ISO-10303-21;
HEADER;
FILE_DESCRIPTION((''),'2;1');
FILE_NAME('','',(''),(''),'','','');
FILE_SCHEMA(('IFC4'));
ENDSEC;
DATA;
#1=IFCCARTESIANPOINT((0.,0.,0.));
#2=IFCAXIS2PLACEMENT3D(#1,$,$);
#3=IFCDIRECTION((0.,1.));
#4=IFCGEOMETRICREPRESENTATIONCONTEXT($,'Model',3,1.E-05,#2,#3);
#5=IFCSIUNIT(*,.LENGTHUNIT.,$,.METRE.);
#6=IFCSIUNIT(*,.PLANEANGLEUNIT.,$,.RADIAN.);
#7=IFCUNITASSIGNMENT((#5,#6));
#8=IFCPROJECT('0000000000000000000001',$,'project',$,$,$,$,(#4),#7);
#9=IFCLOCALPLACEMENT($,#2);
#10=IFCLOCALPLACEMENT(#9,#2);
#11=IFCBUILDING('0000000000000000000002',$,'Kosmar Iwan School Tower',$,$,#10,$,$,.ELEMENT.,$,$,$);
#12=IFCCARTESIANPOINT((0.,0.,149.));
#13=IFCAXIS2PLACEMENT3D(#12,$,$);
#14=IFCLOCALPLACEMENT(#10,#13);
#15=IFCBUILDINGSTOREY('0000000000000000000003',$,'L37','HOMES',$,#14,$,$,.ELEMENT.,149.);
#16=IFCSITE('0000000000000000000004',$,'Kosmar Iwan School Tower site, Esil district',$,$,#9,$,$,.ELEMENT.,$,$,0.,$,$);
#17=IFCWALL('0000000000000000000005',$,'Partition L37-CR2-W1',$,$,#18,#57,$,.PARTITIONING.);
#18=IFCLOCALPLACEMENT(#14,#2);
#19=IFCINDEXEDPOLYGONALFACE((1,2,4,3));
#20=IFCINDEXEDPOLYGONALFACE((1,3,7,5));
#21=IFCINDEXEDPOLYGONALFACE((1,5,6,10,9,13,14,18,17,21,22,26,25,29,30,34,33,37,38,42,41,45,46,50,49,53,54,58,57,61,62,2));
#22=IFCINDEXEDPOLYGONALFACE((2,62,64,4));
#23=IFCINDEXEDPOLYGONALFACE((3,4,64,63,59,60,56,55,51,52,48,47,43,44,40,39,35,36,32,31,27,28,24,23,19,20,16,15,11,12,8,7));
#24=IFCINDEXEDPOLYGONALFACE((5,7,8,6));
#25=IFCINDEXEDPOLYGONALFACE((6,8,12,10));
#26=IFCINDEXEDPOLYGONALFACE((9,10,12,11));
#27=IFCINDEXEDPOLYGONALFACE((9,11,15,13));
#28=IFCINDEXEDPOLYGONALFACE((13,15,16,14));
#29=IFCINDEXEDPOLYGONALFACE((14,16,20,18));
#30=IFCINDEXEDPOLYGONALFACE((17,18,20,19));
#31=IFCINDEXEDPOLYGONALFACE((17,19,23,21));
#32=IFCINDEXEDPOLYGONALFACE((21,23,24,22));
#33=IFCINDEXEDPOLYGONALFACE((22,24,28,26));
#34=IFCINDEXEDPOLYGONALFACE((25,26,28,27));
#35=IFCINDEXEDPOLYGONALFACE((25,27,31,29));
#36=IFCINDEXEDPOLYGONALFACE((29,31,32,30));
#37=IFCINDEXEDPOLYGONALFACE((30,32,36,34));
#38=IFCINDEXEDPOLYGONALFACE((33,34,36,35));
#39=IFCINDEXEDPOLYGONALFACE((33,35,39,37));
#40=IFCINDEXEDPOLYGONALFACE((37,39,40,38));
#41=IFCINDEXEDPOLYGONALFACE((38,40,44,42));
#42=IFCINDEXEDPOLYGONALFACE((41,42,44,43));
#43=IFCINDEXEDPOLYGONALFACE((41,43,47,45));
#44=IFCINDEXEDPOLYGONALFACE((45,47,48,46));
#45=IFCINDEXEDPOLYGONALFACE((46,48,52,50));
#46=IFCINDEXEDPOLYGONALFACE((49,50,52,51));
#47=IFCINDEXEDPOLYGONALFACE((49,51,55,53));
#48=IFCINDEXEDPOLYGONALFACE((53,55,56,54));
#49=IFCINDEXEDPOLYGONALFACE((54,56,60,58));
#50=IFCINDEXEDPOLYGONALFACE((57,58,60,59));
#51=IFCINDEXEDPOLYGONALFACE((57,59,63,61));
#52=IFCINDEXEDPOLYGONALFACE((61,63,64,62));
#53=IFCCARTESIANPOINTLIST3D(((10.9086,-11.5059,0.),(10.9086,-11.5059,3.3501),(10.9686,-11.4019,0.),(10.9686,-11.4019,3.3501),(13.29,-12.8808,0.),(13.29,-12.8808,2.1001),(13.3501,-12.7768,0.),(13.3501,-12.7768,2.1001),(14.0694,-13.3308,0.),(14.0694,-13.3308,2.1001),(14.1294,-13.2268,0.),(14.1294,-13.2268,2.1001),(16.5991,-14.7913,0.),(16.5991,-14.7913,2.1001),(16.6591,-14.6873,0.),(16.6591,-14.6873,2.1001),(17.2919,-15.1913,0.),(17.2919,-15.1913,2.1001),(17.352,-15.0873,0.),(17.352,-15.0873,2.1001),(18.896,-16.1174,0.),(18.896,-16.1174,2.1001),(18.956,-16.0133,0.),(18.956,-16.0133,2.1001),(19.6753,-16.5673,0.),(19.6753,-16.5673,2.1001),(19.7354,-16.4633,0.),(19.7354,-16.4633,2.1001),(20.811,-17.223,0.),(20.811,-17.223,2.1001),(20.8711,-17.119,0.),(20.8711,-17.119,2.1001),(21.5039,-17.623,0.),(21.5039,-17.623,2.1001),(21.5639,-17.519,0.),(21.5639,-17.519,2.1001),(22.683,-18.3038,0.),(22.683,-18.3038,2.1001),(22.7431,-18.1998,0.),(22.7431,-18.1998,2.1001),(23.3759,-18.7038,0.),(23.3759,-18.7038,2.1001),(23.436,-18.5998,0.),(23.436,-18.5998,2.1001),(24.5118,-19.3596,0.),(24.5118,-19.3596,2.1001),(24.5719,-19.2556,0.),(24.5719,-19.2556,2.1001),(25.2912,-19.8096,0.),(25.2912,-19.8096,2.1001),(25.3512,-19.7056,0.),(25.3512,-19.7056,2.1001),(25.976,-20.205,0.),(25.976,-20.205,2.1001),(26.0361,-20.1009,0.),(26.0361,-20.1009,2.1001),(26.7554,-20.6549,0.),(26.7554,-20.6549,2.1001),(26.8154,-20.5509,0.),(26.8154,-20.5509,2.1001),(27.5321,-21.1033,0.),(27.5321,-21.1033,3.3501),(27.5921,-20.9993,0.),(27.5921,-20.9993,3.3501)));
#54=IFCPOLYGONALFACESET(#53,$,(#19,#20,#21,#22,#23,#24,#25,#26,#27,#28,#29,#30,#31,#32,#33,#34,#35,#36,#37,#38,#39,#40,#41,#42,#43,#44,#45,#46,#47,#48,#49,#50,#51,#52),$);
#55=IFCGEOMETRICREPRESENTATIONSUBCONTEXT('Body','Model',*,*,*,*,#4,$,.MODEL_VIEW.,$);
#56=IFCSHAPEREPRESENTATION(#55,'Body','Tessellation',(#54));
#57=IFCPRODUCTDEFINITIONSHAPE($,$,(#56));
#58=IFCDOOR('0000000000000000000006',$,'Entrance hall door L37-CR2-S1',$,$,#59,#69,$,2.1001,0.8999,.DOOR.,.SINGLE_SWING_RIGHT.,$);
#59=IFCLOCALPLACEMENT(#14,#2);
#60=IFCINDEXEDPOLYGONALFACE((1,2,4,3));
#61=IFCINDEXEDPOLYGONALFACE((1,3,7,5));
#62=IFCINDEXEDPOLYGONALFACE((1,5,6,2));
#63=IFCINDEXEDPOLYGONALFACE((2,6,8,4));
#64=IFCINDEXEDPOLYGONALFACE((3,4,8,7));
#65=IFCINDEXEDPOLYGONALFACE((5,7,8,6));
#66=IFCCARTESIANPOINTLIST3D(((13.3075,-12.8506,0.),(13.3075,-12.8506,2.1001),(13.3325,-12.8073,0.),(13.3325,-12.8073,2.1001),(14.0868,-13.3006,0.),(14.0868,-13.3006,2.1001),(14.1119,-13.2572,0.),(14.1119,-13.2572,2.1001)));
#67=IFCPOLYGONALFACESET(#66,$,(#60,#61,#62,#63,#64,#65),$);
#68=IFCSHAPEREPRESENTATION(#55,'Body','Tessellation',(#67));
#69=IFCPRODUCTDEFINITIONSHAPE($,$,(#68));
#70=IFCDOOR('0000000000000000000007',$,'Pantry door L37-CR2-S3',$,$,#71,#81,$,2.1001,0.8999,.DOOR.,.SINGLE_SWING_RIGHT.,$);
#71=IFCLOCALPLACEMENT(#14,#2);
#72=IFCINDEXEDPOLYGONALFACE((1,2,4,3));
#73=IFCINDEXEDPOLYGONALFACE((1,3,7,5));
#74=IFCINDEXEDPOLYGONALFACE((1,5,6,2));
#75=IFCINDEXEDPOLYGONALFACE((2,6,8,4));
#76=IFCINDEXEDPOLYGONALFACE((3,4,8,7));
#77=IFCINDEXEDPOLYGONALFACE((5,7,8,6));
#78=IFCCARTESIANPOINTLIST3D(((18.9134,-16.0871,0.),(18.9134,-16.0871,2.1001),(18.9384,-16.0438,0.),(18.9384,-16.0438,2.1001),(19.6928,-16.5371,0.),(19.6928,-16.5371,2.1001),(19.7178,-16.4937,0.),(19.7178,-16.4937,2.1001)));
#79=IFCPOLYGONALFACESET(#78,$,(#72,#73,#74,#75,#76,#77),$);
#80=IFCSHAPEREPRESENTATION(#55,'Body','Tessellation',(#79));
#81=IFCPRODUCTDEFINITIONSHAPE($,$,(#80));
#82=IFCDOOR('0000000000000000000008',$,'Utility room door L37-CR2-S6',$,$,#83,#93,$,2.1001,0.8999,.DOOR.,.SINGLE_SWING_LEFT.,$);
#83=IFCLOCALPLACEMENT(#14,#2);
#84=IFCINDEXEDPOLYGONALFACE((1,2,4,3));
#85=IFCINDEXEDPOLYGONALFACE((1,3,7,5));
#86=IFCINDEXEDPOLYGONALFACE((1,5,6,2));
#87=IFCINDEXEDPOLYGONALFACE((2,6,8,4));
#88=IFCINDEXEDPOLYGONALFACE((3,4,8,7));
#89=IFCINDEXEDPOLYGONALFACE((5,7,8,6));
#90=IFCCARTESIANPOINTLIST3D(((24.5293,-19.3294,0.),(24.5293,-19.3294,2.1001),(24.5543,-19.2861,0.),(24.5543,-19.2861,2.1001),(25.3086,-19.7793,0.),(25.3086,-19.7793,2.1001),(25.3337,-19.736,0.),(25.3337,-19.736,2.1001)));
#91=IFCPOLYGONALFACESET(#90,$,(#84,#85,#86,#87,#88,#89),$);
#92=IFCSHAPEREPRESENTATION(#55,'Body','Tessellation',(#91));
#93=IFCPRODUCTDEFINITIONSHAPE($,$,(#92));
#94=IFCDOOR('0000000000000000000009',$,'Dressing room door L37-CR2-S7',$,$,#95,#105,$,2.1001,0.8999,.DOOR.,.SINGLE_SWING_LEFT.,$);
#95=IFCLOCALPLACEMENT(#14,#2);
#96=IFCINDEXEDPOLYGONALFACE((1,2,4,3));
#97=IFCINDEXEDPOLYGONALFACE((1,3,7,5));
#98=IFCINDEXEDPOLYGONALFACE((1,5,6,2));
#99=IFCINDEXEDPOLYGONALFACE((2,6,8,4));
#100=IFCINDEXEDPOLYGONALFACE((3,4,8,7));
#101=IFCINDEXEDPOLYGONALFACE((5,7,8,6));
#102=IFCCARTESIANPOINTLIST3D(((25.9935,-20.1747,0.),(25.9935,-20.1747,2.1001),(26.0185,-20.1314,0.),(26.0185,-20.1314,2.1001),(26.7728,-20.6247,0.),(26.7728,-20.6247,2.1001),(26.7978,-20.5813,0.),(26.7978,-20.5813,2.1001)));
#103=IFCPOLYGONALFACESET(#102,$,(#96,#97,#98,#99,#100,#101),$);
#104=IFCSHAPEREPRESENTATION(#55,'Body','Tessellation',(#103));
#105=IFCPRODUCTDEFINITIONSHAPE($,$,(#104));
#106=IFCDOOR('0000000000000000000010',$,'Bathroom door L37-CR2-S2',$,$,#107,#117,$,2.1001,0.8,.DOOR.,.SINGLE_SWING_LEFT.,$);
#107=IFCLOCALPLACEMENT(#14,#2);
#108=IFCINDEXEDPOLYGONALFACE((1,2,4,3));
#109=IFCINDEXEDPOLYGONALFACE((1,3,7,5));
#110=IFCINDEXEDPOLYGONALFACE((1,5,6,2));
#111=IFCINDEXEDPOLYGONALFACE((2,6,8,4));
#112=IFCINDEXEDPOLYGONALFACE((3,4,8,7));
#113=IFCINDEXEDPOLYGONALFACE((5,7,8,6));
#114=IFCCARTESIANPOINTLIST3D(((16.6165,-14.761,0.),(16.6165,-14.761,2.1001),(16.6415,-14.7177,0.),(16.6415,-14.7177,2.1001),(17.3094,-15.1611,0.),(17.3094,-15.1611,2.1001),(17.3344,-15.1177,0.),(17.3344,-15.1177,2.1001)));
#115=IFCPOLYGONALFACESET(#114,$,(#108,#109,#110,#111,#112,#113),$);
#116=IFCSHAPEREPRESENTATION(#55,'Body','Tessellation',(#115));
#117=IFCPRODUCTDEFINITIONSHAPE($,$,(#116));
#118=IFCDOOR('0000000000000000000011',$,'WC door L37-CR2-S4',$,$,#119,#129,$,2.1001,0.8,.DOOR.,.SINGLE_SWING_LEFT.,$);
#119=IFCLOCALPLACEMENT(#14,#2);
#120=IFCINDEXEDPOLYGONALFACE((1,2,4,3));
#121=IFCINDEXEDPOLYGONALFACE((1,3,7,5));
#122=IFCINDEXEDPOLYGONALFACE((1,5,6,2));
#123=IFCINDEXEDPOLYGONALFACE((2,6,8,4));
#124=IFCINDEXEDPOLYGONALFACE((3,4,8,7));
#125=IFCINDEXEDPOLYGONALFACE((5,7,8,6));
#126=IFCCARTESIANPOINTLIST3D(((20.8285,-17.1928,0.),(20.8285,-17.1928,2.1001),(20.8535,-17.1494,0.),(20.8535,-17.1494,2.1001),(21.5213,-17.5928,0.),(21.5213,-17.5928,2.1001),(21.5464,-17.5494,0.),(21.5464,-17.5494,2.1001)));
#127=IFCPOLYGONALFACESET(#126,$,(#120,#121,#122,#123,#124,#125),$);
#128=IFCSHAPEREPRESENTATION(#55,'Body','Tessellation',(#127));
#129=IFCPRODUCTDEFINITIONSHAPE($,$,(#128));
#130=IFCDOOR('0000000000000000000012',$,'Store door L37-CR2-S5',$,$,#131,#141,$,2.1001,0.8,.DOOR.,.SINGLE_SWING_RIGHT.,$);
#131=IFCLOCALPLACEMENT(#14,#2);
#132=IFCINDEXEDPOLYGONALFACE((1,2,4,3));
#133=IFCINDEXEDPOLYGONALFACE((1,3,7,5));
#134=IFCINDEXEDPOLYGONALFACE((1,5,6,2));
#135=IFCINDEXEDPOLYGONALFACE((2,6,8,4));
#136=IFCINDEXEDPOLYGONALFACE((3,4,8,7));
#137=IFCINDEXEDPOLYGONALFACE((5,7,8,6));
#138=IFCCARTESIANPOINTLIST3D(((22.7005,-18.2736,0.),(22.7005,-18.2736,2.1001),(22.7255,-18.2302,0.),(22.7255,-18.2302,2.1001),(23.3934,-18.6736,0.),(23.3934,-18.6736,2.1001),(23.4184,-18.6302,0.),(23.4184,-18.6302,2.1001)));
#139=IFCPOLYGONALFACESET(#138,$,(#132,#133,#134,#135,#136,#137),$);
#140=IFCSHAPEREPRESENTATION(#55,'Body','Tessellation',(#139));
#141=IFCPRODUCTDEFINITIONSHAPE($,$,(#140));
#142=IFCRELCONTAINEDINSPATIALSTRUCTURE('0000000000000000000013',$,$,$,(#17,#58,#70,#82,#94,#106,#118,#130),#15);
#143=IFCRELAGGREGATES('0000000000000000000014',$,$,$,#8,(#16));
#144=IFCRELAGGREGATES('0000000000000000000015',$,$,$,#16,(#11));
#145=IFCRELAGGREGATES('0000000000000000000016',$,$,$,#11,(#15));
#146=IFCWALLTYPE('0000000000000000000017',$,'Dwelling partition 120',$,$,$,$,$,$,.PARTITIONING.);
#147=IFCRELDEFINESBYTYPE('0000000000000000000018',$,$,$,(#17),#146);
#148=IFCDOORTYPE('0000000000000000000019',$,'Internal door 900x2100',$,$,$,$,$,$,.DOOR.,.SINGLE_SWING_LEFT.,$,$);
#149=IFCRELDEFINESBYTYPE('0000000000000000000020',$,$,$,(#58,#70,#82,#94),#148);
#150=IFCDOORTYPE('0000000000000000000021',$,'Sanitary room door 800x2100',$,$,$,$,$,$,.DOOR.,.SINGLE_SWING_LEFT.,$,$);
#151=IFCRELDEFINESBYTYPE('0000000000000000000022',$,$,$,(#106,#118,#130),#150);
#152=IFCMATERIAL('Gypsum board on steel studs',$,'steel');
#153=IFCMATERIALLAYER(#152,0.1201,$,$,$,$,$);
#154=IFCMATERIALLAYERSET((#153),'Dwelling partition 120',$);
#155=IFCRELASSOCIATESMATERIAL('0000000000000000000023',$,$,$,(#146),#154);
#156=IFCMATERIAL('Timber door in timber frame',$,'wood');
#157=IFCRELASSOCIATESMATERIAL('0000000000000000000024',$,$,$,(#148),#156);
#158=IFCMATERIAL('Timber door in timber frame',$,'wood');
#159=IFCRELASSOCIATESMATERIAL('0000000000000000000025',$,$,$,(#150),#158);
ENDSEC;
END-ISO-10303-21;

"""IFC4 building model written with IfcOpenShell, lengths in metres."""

from ifc_helpers import new_model, si_unit, direction, frame, frame_2d, origin, place, context, subcontext, project, spatial, rectangle, extrude, material, layer, layer_set, type_object, element, fill, save


model = new_model("IFC4")

# Units and contexts
model_context = context("Model", 3, precision=1e-05, world=origin(), true_north=direction((0.0, 1.0)))
body_context = subcontext(model_context, "Body", "Model", "MODEL_VIEW")
ifc_project = project(units=[si_unit("LENGTHUNIT", "METRE"), si_unit("PLANEANGLEUNIT", "RADIAN")], contexts=[model_context])

# Site, building, storey
site_placement = place(None, origin())
site = spatial("IfcSite", under=ifc_project, at=site_placement, Name="Kosmar Iwan School Tower site, Esil district", CompositionType="ELEMENT", RefElevation=0.0)
building_placement = place(site_placement, origin())
building = spatial("IfcBuilding", under=site, at=building_placement, Name="Kosmar Iwan School Tower", CompositionType="ELEMENT")
storey_placement = place(building_placement, frame((0.0, 0.0, 149.0)))
storey = spatial("IfcBuildingStorey", under=building, at=storey_placement, Name="L37", Description="HOMES", CompositionType="ELEMENT", Elevation=149.0)

# Shared definitions
ifc_material_1 = material(Name="Gypsum board on steel studs", Category="steel")
ifc_layer_1 = layer(ifc_material_1, 0.1201)
ifc_layer_set_1 = layer_set([ifc_layer_1], Name="Dwelling partition 120")
wall_type_1 = type_object("IfcWallType", Name="Dwelling partition 120", PredefinedType="PARTITIONING", material=ifc_layer_set_1)

# Wall, openings, doors
wall_1_placement = place(storey_placement, frame((10.9385, -11.4539, 0.0), z_axis=(0.0, 0.0, 1.0), x_axis=(0.86603, -0.499993, 0.0)))
wall_1 = element("IfcWall", 1, at=wall_1_placement, inside=storey, type_object=wall_type_1, Name="Partition L37-CR2-W1", PredefinedType="PARTITIONING", context=body_context, shape_type="SweptSolid", body=[
    extrude(rectangle(XDim=19.1951, YDim=0.1201, at=frame_2d((9.5977, 0.0))), origin(), (0.0, 0.0, 1.0), 3.3501),
])
opening_1_placement = place(wall_1_placement, frame((2.75, 0.0, 0.0)))
opening_1 = element("IfcOpeningElement", 2, at=opening_1_placement, cuts=wall_1, PredefinedType="OPENING", context=body_context, shape_type="SweptSolid", body=[
    extrude(rectangle(XDim=0.8999, YDim=2.1001, at=frame_2d((0.45, 1.05))), frame((0.0, 0.072, 0.0), z_axis=(0.0, -1.0, 0.0), x_axis=(1.0, 0.0, 0.0)), (0.0, 0.0, 1.0), 0.144),
])
opening_2_placement = place(wall_1_placement, frame((6.571, 0.0, 0.0)))
opening_2 = element("IfcOpeningElement", 3, at=opening_2_placement, cuts=wall_1, PredefinedType="OPENING", context=body_context, shape_type="SweptSolid", body=[
    extrude(rectangle(XDim=0.8, YDim=2.1001, at=frame_2d((0.3999, 1.05))), frame((0.0, 0.072, 0.0), z_axis=(0.0, -1.0, 0.0), x_axis=(1.0, 0.0, 0.0)), (0.0, 0.0, 1.0), 0.144),
])
opening_3_placement = place(wall_1_placement, frame((9.2231, 0.0, 0.0)))
opening_3 = element("IfcOpeningElement", 4, at=opening_3_placement, cuts=wall_1, PredefinedType="OPENING", context=body_context, shape_type="SweptSolid", body=[
    extrude(rectangle(XDim=0.8999, YDim=2.1001, at=frame_2d((0.45, 1.05))), frame((0.0, 0.072, 0.0), z_axis=(0.0, -1.0, 0.0), x_axis=(1.0, 0.0, 0.0)), (0.0, 0.0, 1.0), 0.144),
])
opening_4_placement = place(wall_1_placement, frame((11.4346, 0.0, 0.0)))
opening_4 = element("IfcOpeningElement", 5, at=opening_4_placement, cuts=wall_1, PredefinedType="OPENING", context=body_context, shape_type="SweptSolid", body=[
    extrude(rectangle(XDim=0.8, YDim=2.1001, at=frame_2d((0.3999, 1.05))), frame((0.0, 0.072, 0.0), z_axis=(0.0, -1.0, 0.0), x_axis=(1.0, 0.0, 0.0)), (0.0, 0.0, 1.0), 0.144),
])
opening_5_placement = place(wall_1_placement, frame((13.5962, 0.0, 0.0)))
opening_5 = element("IfcOpeningElement", 6, at=opening_5_placement, cuts=wall_1, PredefinedType="OPENING", context=body_context, shape_type="SweptSolid", body=[
    extrude(rectangle(XDim=0.8, YDim=2.1001, at=frame_2d((0.3999, 1.05))), frame((0.0, 0.072, 0.0), z_axis=(0.0, -1.0, 0.0), x_axis=(1.0, 0.0, 0.0)), (0.0, 0.0, 1.0), 0.144),
])
opening_6_placement = place(wall_1_placement, frame((15.7078, 0.0, 0.0)))
opening_6 = element("IfcOpeningElement", 7, at=opening_6_placement, cuts=wall_1, PredefinedType="OPENING", context=body_context, shape_type="SweptSolid", body=[
    extrude(rectangle(XDim=0.8999, YDim=2.1001, at=frame_2d((0.45, 1.05))), frame((0.0, 0.072, 0.0), z_axis=(0.0, -1.0, 0.0), x_axis=(1.0, 0.0, 0.0)), (0.0, 0.0, 1.0), 0.144),
])
opening_7_placement = place(wall_1_placement, frame((17.3984, 0.0, 0.0)))
opening_7 = element("IfcOpeningElement", 8, at=opening_7_placement, cuts=wall_1, PredefinedType="OPENING", context=body_context, shape_type="SweptSolid", body=[
    extrude(rectangle(XDim=0.8999, YDim=2.1001, at=frame_2d((0.45, 1.05))), frame((0.0, 0.072, 0.0), z_axis=(0.0, -1.0, 0.0), x_axis=(1.0, 0.0, 0.0)), (0.0, 0.0, 1.0), 0.144),
])
ifc_material_2 = material(Name="Timber door in timber frame", Category="wood")
door_type_1 = type_object("IfcDoorType", Name="Internal door 900x2100", OperationType="SINGLE_SWING_LEFT", PredefinedType="DOOR", material=ifc_material_2)
door_1_placement = place(opening_1_placement, origin())
door_1 = element("IfcDoor", 9, at=door_1_placement, inside=storey, type_object=door_type_1, Name="Entrance hall door L37-CR2-S1", OperationType="SINGLE_SWING_RIGHT", OverallHeight=2.1001, OverallWidth=0.8999, PredefinedType="DOOR", context=body_context, shape_type="SweptSolid", body=[
    extrude(rectangle(XDim=0.8999, YDim=2.1001, at=frame_2d((0.45, 1.05))), frame((0.0, 0.0249, 0.0), z_axis=(0.0, -1.0, 0.0), x_axis=(1.0, 0.0, 0.0)), (0.0, 0.0, 1.0), 0.05),
])
fill(opening_1, door_1)
door_2_placement = place(opening_3_placement, origin())
door_2 = element("IfcDoor", 10, at=door_2_placement, inside=storey, type_object=door_type_1, Name="Pantry door L37-CR2-S3", OperationType="SINGLE_SWING_RIGHT", OverallHeight=2.1001, OverallWidth=0.8999, PredefinedType="DOOR", context=body_context, shape_type="SweptSolid", body=[
    extrude(rectangle(XDim=0.8999, YDim=2.1001, at=frame_2d((0.45, 1.05))), frame((0.0, 0.0249, 0.0), z_axis=(0.0, -1.0, 0.0), x_axis=(1.0, 0.0, 0.0)), (0.0, 0.0, 1.0), 0.05),
])
fill(opening_3, door_2)
door_3_placement = place(opening_6_placement, origin())
door_3 = element("IfcDoor", 11, at=door_3_placement, inside=storey, type_object=door_type_1, Name="Utility room door L37-CR2-S6", OperationType="SINGLE_SWING_LEFT", OverallHeight=2.1001, OverallWidth=0.8999, PredefinedType="DOOR", context=body_context, shape_type="SweptSolid", body=[
    extrude(rectangle(XDim=0.8999, YDim=2.1001, at=frame_2d((0.45, 1.05))), frame((0.0, 0.0249, 0.0), z_axis=(0.0, -1.0, 0.0), x_axis=(1.0, 0.0, 0.0)), (0.0, 0.0, 1.0), 0.05),
])
fill(opening_6, door_3)
door_4_placement = place(opening_7_placement, origin())
door_4 = element("IfcDoor", 12, at=door_4_placement, inside=storey, type_object=door_type_1, Name="Dressing room door L37-CR2-S7", OperationType="SINGLE_SWING_LEFT", OverallHeight=2.1001, OverallWidth=0.8999, PredefinedType="DOOR", context=body_context, shape_type="SweptSolid", body=[
    extrude(rectangle(XDim=0.8999, YDim=2.1001, at=frame_2d((0.45, 1.05))), frame((0.0, 0.0249, 0.0), z_axis=(0.0, -1.0, 0.0), x_axis=(1.0, 0.0, 0.0)), (0.0, 0.0, 1.0), 0.05),
])
fill(opening_7, door_4)
ifc_material_3 = material(Name="Timber door in timber frame", Category="wood")
door_type_2 = type_object("IfcDoorType", Name="Sanitary room door 800x2100", OperationType="SINGLE_SWING_LEFT", PredefinedType="DOOR", material=ifc_material_3)
door_5_placement = place(opening_2_placement, origin())
door_5 = element("IfcDoor", 13, at=door_5_placement, inside=storey, type_object=door_type_2, Name="Bathroom door L37-CR2-S2", OperationType="SINGLE_SWING_LEFT", OverallHeight=2.1001, OverallWidth=0.8, PredefinedType="DOOR", context=body_context, shape_type="SweptSolid", body=[
    extrude(rectangle(XDim=0.8, YDim=2.1001, at=frame_2d((0.3999, 1.05))), frame((0.0, 0.0249, 0.0), z_axis=(0.0, -1.0, 0.0), x_axis=(1.0, 0.0, 0.0)), (0.0, 0.0, 1.0), 0.05),
])
fill(opening_2, door_5)
door_6_placement = place(opening_4_placement, origin())
door_6 = element("IfcDoor", 14, at=door_6_placement, inside=storey, type_object=door_type_2, Name="WC door L37-CR2-S4", OperationType="SINGLE_SWING_LEFT", OverallHeight=2.1001, OverallWidth=0.8, PredefinedType="DOOR", context=body_context, shape_type="SweptSolid", body=[
    extrude(rectangle(XDim=0.8, YDim=2.1001, at=frame_2d((0.3999, 1.05))), frame((0.0, 0.0249, 0.0), z_axis=(0.0, -1.0, 0.0), x_axis=(1.0, 0.0, 0.0)), (0.0, 0.0, 1.0), 0.05),
])
fill(opening_4, door_6)
door_7_placement = place(opening_5_placement, origin())
door_7 = element("IfcDoor", 15, at=door_7_placement, inside=storey, type_object=door_type_2, Name="Store door L37-CR2-S5", OperationType="SINGLE_SWING_RIGHT", OverallHeight=2.1001, OverallWidth=0.8, PredefinedType="DOOR", context=body_context, shape_type="SweptSolid", body=[
    extrude(rectangle(XDim=0.8, YDim=2.1001, at=frame_2d((0.3999, 1.05))), frame((0.0, 0.0249, 0.0), z_axis=(0.0, -1.0, 0.0), x_axis=(1.0, 0.0, 0.0)), (0.0, 0.0, 1.0), 0.05),
])
fill(opening_5, door_7)

save(model, "model.ifc")
